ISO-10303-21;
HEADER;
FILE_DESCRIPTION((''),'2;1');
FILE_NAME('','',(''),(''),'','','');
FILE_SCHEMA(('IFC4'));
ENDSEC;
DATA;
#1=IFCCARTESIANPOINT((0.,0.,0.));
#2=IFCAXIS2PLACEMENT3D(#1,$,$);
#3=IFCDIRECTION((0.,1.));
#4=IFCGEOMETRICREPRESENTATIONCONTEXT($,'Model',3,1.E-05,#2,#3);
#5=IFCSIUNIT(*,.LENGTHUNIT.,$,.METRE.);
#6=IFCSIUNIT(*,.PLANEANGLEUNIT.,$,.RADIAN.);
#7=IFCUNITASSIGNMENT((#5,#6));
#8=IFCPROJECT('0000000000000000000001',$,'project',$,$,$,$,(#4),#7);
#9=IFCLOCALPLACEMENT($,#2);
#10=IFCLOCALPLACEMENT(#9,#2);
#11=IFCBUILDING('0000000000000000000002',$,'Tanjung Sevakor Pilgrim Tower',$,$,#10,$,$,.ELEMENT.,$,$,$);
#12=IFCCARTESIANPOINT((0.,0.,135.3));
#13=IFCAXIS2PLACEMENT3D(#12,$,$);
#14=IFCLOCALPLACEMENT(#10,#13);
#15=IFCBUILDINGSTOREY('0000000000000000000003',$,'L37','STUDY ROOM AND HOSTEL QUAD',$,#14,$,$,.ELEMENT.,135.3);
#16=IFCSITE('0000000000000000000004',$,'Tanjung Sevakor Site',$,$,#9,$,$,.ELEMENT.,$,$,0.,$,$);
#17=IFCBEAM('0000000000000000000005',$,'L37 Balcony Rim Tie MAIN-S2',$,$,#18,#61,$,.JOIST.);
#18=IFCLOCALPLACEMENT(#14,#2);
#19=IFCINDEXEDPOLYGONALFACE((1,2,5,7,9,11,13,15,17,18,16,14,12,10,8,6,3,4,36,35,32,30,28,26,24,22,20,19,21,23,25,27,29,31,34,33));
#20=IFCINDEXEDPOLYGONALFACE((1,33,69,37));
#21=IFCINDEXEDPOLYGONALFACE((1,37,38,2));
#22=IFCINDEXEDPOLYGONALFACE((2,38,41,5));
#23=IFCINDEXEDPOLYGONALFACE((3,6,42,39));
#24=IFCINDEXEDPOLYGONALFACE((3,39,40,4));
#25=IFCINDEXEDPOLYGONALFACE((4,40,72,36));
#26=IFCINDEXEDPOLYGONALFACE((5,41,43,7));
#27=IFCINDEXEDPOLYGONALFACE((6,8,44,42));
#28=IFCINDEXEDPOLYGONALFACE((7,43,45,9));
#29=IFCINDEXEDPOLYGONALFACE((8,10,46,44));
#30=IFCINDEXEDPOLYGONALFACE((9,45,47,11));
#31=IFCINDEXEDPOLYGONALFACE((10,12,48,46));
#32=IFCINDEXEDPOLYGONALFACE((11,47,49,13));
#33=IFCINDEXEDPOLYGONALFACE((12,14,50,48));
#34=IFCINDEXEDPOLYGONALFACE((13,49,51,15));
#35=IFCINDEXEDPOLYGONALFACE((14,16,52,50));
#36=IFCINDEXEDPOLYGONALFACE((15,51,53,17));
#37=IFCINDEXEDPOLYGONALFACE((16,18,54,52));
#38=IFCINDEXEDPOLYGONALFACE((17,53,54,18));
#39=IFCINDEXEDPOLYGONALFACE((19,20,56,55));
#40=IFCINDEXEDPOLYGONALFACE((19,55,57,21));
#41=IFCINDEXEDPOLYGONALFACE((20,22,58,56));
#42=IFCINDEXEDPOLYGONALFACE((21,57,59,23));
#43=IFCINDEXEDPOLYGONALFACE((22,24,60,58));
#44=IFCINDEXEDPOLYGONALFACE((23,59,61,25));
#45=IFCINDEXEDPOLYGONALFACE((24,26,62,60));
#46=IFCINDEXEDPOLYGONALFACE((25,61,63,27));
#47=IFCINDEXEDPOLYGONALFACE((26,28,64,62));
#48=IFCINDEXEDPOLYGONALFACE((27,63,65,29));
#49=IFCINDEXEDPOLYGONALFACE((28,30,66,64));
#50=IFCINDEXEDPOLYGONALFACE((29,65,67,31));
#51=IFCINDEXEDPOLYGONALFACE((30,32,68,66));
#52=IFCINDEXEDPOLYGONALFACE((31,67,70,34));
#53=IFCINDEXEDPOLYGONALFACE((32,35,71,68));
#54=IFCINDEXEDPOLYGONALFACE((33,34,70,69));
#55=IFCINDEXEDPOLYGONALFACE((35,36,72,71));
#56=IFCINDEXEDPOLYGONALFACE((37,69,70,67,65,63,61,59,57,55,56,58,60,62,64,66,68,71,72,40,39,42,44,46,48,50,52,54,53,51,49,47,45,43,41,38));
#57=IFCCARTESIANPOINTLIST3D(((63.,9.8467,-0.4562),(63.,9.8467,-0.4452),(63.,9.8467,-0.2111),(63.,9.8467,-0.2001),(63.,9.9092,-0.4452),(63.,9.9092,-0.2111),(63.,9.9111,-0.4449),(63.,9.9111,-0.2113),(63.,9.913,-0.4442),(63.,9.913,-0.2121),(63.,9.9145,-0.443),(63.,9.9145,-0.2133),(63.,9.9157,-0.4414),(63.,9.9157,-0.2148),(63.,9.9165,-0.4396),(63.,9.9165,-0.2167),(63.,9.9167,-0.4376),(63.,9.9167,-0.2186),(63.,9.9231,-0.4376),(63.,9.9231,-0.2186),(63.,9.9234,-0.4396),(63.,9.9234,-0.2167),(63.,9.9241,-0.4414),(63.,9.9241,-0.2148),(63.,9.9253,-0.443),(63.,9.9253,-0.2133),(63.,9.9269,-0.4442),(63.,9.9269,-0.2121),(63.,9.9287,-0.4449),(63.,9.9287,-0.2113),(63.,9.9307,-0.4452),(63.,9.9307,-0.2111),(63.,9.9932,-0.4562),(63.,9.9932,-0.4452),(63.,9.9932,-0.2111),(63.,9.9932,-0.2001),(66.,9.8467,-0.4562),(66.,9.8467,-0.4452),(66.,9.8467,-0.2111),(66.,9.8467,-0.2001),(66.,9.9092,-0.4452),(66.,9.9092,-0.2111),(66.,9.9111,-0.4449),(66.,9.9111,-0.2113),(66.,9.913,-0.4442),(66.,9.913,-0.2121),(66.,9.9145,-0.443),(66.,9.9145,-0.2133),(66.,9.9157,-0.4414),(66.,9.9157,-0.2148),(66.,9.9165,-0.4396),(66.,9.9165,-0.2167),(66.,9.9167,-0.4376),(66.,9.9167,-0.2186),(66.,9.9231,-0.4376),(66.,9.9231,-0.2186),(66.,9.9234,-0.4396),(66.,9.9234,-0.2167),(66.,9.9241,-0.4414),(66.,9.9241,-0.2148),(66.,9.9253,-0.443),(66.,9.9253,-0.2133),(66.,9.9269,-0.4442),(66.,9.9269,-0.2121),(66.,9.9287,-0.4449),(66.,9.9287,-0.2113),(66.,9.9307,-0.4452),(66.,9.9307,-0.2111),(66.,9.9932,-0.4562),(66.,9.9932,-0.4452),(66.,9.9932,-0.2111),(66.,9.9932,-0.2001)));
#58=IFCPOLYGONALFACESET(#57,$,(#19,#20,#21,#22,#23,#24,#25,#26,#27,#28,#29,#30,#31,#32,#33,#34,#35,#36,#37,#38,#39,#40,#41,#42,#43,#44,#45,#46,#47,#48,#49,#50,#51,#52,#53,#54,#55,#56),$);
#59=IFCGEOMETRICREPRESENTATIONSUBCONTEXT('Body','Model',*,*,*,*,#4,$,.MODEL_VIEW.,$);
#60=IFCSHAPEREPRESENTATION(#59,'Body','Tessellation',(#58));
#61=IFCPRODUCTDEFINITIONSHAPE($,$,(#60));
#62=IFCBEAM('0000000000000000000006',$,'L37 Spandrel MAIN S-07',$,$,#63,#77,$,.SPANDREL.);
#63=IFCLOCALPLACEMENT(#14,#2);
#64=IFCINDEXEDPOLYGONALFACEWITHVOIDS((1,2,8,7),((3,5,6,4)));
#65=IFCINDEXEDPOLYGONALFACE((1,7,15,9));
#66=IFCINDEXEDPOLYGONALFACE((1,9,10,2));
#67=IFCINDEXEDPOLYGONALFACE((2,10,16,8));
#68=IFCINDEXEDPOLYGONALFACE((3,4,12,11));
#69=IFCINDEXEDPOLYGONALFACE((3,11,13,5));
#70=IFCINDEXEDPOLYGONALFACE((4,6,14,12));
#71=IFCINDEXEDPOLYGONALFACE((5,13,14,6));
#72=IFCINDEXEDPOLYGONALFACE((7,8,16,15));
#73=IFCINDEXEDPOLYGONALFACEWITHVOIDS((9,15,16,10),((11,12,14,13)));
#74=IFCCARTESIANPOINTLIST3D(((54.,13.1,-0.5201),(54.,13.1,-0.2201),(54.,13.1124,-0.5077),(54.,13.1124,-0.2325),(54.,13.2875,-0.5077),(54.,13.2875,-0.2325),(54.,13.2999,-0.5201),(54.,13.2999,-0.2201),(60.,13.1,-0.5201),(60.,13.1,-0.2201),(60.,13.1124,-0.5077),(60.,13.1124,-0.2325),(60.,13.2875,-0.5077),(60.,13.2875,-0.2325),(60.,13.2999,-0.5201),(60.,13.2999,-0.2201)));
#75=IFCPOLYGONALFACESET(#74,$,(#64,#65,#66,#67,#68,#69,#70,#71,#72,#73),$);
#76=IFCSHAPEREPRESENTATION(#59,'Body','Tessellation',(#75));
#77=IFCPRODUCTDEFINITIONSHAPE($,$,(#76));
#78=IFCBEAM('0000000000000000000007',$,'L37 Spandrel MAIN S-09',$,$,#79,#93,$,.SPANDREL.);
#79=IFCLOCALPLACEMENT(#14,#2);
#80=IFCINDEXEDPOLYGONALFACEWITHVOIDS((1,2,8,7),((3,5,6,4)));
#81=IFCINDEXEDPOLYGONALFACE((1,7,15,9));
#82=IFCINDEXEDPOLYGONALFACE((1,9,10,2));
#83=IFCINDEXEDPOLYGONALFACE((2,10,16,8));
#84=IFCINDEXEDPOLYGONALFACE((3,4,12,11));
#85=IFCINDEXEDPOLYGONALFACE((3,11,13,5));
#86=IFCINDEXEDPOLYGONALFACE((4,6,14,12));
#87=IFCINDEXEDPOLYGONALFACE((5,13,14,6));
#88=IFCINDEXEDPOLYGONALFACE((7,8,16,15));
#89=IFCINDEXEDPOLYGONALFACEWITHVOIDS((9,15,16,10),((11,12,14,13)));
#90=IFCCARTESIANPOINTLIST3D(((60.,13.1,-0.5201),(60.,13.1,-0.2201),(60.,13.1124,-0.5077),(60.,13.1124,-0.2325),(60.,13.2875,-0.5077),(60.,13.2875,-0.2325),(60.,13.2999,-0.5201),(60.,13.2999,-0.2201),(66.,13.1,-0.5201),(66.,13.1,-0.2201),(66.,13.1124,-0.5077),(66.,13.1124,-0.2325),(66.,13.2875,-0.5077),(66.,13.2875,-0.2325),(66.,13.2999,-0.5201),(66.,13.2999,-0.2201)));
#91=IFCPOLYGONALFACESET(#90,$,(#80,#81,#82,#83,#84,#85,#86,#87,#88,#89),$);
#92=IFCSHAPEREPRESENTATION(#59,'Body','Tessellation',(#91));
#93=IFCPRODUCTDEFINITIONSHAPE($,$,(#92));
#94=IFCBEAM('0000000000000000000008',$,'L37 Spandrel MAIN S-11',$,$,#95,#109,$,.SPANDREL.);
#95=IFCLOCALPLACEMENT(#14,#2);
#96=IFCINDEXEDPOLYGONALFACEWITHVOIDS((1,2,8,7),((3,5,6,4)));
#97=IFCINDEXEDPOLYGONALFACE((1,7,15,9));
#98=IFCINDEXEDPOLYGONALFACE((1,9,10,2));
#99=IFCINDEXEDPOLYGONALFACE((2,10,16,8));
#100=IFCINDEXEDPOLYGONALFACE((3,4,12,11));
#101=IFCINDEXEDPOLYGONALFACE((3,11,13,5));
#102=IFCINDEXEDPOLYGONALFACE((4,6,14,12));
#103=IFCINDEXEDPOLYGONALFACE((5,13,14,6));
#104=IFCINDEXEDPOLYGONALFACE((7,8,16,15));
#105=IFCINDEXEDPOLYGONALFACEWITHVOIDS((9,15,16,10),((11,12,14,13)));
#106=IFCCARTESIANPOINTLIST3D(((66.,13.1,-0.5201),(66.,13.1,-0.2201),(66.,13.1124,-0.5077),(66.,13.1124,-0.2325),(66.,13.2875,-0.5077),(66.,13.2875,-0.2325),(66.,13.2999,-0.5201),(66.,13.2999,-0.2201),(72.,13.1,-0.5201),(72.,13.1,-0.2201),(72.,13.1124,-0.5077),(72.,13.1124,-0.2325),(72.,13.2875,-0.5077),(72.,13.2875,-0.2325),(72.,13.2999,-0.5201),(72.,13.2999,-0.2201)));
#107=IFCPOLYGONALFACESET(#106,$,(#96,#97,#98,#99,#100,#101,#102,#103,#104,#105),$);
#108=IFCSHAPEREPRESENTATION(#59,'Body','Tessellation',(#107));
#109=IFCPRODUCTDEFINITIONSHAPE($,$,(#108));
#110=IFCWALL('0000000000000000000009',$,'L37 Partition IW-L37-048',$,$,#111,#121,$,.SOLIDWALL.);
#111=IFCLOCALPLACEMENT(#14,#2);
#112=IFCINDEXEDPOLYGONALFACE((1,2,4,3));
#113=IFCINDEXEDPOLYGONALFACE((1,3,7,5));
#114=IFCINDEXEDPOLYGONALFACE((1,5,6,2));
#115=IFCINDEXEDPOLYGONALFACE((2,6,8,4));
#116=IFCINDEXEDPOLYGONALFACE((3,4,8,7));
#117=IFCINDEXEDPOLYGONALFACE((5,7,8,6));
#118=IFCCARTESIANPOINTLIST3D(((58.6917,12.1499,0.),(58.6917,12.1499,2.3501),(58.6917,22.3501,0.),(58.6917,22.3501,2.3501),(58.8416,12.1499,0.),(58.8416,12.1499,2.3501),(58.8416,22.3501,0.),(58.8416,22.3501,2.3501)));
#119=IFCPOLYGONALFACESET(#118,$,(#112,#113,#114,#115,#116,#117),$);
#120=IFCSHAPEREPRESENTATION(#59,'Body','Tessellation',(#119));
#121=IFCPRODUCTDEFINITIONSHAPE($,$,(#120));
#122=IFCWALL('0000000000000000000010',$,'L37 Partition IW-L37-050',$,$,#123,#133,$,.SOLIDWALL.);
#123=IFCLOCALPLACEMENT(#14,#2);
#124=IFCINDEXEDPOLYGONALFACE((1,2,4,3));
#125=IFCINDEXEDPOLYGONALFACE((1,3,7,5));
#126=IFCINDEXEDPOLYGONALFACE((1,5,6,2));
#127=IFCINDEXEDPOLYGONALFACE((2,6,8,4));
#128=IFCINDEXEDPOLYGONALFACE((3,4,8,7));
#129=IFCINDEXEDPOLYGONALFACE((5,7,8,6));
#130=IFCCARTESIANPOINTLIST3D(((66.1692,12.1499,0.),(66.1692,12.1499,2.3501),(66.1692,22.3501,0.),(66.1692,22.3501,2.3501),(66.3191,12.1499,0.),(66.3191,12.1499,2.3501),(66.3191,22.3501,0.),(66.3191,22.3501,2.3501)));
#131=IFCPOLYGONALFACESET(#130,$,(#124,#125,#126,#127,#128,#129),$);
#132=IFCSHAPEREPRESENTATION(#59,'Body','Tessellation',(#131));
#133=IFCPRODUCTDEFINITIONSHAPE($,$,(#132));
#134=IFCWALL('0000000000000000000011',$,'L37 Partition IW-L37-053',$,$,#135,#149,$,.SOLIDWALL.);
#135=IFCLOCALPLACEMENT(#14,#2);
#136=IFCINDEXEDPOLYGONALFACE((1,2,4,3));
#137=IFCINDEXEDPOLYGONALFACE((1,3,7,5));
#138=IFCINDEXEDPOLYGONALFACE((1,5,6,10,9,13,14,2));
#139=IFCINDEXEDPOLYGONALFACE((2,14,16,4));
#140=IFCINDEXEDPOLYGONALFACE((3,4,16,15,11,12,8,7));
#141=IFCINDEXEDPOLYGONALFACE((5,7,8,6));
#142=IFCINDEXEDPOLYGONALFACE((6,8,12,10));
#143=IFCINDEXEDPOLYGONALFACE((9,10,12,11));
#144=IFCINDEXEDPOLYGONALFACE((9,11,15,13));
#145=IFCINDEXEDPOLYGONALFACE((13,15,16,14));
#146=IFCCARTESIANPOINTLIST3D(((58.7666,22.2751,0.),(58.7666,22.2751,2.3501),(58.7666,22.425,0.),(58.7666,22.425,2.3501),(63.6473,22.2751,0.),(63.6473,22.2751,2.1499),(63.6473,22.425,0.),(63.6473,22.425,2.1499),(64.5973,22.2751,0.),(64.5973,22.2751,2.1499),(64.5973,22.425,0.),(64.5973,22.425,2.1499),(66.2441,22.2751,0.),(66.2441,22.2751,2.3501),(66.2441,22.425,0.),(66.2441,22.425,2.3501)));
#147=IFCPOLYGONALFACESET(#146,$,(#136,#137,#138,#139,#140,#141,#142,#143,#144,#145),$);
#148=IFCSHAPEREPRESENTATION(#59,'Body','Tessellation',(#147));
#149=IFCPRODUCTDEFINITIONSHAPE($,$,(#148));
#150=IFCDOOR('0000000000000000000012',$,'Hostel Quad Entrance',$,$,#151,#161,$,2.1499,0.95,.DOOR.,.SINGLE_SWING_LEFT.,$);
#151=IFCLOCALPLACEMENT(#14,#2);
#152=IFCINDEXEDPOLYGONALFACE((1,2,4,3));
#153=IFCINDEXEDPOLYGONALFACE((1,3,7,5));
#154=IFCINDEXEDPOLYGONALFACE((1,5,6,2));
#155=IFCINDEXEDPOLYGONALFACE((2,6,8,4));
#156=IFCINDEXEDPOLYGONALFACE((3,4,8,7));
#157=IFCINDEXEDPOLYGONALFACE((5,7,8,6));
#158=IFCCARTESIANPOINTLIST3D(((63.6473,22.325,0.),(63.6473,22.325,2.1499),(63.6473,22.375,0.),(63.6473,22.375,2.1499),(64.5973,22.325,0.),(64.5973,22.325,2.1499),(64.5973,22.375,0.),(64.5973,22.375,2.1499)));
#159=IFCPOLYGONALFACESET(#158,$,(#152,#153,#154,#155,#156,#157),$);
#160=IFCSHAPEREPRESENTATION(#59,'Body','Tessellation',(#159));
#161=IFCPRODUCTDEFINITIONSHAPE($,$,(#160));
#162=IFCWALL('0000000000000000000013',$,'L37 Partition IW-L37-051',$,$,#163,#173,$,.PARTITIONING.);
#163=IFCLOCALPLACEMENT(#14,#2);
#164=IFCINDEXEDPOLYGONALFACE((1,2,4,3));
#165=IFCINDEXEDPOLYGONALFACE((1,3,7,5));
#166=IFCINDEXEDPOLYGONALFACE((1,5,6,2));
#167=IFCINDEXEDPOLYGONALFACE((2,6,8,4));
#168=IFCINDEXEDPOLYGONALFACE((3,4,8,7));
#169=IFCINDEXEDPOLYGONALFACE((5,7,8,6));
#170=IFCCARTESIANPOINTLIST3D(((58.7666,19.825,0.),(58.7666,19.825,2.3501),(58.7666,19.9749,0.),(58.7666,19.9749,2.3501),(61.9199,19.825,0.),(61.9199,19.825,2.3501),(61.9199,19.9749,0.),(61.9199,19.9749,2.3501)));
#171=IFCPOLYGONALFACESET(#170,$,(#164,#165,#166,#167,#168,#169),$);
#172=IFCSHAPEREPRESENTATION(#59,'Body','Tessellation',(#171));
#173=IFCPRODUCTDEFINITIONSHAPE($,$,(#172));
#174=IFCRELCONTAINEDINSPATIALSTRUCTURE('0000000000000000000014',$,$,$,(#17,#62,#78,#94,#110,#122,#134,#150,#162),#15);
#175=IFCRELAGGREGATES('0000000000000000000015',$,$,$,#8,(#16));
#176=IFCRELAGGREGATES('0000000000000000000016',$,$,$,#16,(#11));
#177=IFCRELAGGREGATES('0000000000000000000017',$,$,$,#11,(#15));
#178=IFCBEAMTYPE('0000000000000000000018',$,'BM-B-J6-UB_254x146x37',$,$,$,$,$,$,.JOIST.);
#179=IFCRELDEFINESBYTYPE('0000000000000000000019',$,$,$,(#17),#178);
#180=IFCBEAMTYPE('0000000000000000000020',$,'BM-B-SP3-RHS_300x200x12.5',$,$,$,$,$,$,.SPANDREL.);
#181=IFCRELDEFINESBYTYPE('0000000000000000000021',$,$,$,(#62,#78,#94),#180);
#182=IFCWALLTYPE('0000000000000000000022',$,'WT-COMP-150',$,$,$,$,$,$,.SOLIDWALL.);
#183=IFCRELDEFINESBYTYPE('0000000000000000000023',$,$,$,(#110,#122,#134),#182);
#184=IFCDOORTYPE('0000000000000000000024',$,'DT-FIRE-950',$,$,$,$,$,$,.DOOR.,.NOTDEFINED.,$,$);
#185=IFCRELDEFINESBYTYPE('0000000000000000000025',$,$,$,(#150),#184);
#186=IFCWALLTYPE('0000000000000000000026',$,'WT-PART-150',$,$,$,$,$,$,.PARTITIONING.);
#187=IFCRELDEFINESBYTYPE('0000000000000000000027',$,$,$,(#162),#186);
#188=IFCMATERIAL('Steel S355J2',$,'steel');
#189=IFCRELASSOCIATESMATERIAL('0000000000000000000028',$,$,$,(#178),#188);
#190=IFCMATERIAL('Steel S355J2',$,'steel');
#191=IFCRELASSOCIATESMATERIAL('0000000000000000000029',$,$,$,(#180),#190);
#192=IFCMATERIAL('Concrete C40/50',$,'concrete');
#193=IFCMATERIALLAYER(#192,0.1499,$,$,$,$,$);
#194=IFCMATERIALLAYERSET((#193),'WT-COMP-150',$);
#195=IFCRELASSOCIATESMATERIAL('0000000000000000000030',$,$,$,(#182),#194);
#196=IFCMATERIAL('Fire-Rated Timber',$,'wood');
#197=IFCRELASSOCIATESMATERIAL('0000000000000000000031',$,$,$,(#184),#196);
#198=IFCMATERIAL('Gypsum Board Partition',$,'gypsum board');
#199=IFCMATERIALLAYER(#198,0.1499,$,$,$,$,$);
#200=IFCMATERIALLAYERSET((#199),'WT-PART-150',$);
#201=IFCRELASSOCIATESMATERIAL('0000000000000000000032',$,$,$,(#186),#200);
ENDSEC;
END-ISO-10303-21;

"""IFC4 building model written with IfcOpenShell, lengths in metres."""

from ifc_helpers import new_model, si_unit, direction, frame, frame_2d, origin, origin_2d, place, context, subcontext, project, spatial, rectangle, hollow_rectangle, i_section, extrude, material, layer, layer_set, material_profile, profile_set, type_object, element, fill, save


model = new_model("IFC4")

# Units and contexts
model_context = context("Model", 3, precision=1e-05, world=origin(), true_north=direction((0.0, 1.0)))
body_context = subcontext(model_context, "Body", "Model", "MODEL_VIEW")
ifc_project = project(units=[si_unit("LENGTHUNIT", "METRE"), si_unit("PLANEANGLEUNIT", "RADIAN")], contexts=[model_context])

# Site, building, storey
site_placement = place(None, origin())
site = spatial("IfcSite", under=ifc_project, at=site_placement, Name="Tanjung Sevakor Site", CompositionType="ELEMENT", RefElevation=0.0)
building_placement = place(site_placement, origin())
building = spatial("IfcBuilding", under=site, at=building_placement, Name="Tanjung Sevakor Pilgrim Tower", CompositionType="ELEMENT")
storey_placement = place(building_placement, frame((0.0, 0.0, 135.3)))
storey = spatial("IfcBuildingStorey", under=building, at=storey_placement, Name="L37", Description="STUDY ROOM AND HOSTEL QUAD", CompositionType="ELEMENT", Elevation=135.3)

# Beams
ifc_material_1 = material(Name="Steel S355J2", Category="steel")
ifc_material_profile_1 = material_profile(ifc_material_1, i_section(OverallWidth=0.1465, OverallDepth=0.2561, WebThickness=0.0063, FlangeThickness=0.011, FilletRadius=0.0076, at=origin_2d()))
ifc_profile_set_1 = profile_set([ifc_material_profile_1], Name="Steel S355J2")
beam_type_1 = type_object("IfcBeamType", Name="BM-B-J6-UB_254x146x37", PredefinedType="JOIST", material=ifc_profile_set_1)
beam_1_placement = place(storey_placement, frame((63.0, 9.9199, -0.3281), z_axis=(1.0, 0.0, 0.0), x_axis=(0.0, 1.0, 0.0)))
element("IfcBeam", 1, at=beam_1_placement, inside=storey, type_object=beam_type_1, Name="L37 Balcony Rim Tie MAIN-S2", PredefinedType="JOIST", context=body_context, shape_type="SweptSolid", body=[
    extrude(i_section(OverallWidth=0.1465, OverallDepth=0.2561, WebThickness=0.0063, FlangeThickness=0.011, FilletRadius=0.0076, at=origin_2d()), origin(), (0.0, 0.0, 1.0), 3.0),
])
ifc_material_2 = material(Name="Steel S355J2", Category="steel")
ifc_material_profile_2 = material_profile(ifc_material_2, hollow_rectangle(XDim=0.2, YDim=0.3, WallThickness=0.0125, at=origin_2d()))
ifc_profile_set_2 = profile_set([ifc_material_profile_2], Name="Steel S355J2")
beam_type_2 = type_object("IfcBeamType", Name="BM-B-SP3-RHS_300x200x12.5", PredefinedType="SPANDREL", material=ifc_profile_set_2)
for number, where, z_axis, x_axis, name in (
    (2, (54.0, 13.2, -0.3701), (1.0, 0.0, 0.0), (0.0, 1.0, 0.0), "L37 Spandrel MAIN S-07"),
    (3, (60.0, 13.2, -0.3701), (1.0, 0.0, 0.0), (0.0, 1.0, 0.0), "L37 Spandrel MAIN S-09"),
    (4, (66.0, 13.2, -0.3701), (1.0, 0.0, 0.0), (0.0, 1.0, 0.0), "L37 Spandrel MAIN S-11"),
):
    element("IfcBeam", number, at=place(storey_placement, frame(where, z_axis=z_axis, x_axis=x_axis)), inside=storey, type_object=beam_type_2, Name=name, PredefinedType="SPANDREL", context=body_context, shape_type="SweptSolid", body=[
        extrude(hollow_rectangle(XDim=0.2, YDim=0.3, WallThickness=0.0125, at=origin_2d()), origin(), (0.0, 0.0, 1.0), 6.0),
    ])

# Walls
ifc_material_3 = material(Name="Concrete C40/50", Category="concrete")
ifc_layer_1 = layer(ifc_material_3, 0.1499)
ifc_layer_set_1 = layer_set([ifc_layer_1], Name="WT-COMP-150")
wall_type_1 = type_object("IfcWallType", Name="WT-COMP-150", PredefinedType="SOLIDWALL", material=ifc_layer_set_1)
for number, where, z_axis, x_axis, name in (
    (5, (58.7666, 12.1499, 0.0), (0.0, 0.0, 1.0), (0.0, 1.0, 0.0), "L37 Partition IW-L37-048"),
    (6, (66.2441, 12.1499, 0.0), (0.0, 0.0, 1.0), (0.0, 1.0, 0.0), "L37 Partition IW-L37-050"),
):
    element("IfcWall", number, at=place(storey_placement, frame(where, z_axis=z_axis, x_axis=x_axis)), inside=storey, type_object=wall_type_1, Name=name, PredefinedType="SOLIDWALL", context=body_context, shape_type="SweptSolid", body=[
        extrude(rectangle(XDim=10.2002, YDim=0.1499, at=frame_2d((5.1001, 0.0))), origin(), (0.0, 0.0, 1.0), 2.3501),
    ])

# Wall, opening, door
wall_1_placement = place(storey_placement, frame((58.7666, 22.3501, 0.0), z_axis=(0.0, 0.0, 1.0), x_axis=(1.0, 0.0, 0.0)))
wall_1 = element("IfcWall", 7, at=wall_1_placement, inside=storey, type_object=wall_type_1, Name="L37 Partition IW-L37-053", PredefinedType="SOLIDWALL", context=body_context, shape_type="SweptSolid", body=[
    extrude(rectangle(XDim=7.4775, YDim=0.1499, at=frame_2d((3.7388, 0.0))), origin(), (0.0, 0.0, 1.0), 2.3501),
])
opening_1_placement = place(wall_1_placement, frame((4.8806, 0.0, 0.0)))
opening_1 = element("IfcOpeningElement", 8, at=opening_1_placement, cuts=wall_1, PredefinedType="OPENING", context=body_context, shape_type="SweptSolid", body=[
    extrude(rectangle(XDim=0.95, YDim=2.1499, at=frame_2d((0.4751, 1.075))), frame((0.0, 0.085, 0.0), z_axis=(0.0, -1.0, 0.0), x_axis=(1.0, 0.0, 0.0)), (0.0, 0.0, 1.0), 0.1699),
])
ifc_material_4 = material(Name="Fire-Rated Timber", Category="wood")
door_type_1 = type_object("IfcDoorType", Name="DT-FIRE-950", OperationType="NOTDEFINED", PredefinedType="DOOR", material=ifc_material_4)
door_1_placement = place(opening_1_placement, origin())
door_1 = element("IfcDoor", 9, at=door_1_placement, inside=storey, type_object=door_type_1, Name="Hostel Quad Entrance", OperationType="SINGLE_SWING_LEFT", OverallHeight=2.1499, OverallWidth=0.95, PredefinedType="DOOR", context=body_context, shape_type="SweptSolid", body=[
    extrude(rectangle(XDim=0.95, YDim=2.1499, at=frame_2d((0.4751, 1.075))), frame((0.0, 0.0249, 0.0), z_axis=(0.0, -1.0, 0.0), x_axis=(1.0, 0.0, 0.0)), (0.0, 0.0, 1.0), 0.05),
])
fill(opening_1, door_1)

# Wall
ifc_material_5 = material(Name="Gypsum Board Partition", Category="gypsum board")
ifc_layer_2 = layer(ifc_material_5, 0.1499)
ifc_layer_set_2 = layer_set([ifc_layer_2], Name="WT-PART-150")
wall_type_2 = type_object("IfcWallType", Name="WT-PART-150", PredefinedType="PARTITIONING", material=ifc_layer_set_2)
wall_2_placement = place(storey_placement, frame((58.7666, 19.8999, 0.0), z_axis=(0.0, 0.0, 1.0), x_axis=(1.0, 0.0, 0.0)))
element("IfcWall", 10, at=wall_2_placement, inside=storey, type_object=wall_type_2, Name="L37 Partition IW-L37-051", PredefinedType="PARTITIONING", context=body_context, shape_type="SweptSolid", body=[
    extrude(rectangle(XDim=3.1533, YDim=0.1499, at=frame_2d((1.5767, 0.0))), origin(), (0.0, 0.0, 1.0), 2.3501),
])

save(model, "model.ifc")
